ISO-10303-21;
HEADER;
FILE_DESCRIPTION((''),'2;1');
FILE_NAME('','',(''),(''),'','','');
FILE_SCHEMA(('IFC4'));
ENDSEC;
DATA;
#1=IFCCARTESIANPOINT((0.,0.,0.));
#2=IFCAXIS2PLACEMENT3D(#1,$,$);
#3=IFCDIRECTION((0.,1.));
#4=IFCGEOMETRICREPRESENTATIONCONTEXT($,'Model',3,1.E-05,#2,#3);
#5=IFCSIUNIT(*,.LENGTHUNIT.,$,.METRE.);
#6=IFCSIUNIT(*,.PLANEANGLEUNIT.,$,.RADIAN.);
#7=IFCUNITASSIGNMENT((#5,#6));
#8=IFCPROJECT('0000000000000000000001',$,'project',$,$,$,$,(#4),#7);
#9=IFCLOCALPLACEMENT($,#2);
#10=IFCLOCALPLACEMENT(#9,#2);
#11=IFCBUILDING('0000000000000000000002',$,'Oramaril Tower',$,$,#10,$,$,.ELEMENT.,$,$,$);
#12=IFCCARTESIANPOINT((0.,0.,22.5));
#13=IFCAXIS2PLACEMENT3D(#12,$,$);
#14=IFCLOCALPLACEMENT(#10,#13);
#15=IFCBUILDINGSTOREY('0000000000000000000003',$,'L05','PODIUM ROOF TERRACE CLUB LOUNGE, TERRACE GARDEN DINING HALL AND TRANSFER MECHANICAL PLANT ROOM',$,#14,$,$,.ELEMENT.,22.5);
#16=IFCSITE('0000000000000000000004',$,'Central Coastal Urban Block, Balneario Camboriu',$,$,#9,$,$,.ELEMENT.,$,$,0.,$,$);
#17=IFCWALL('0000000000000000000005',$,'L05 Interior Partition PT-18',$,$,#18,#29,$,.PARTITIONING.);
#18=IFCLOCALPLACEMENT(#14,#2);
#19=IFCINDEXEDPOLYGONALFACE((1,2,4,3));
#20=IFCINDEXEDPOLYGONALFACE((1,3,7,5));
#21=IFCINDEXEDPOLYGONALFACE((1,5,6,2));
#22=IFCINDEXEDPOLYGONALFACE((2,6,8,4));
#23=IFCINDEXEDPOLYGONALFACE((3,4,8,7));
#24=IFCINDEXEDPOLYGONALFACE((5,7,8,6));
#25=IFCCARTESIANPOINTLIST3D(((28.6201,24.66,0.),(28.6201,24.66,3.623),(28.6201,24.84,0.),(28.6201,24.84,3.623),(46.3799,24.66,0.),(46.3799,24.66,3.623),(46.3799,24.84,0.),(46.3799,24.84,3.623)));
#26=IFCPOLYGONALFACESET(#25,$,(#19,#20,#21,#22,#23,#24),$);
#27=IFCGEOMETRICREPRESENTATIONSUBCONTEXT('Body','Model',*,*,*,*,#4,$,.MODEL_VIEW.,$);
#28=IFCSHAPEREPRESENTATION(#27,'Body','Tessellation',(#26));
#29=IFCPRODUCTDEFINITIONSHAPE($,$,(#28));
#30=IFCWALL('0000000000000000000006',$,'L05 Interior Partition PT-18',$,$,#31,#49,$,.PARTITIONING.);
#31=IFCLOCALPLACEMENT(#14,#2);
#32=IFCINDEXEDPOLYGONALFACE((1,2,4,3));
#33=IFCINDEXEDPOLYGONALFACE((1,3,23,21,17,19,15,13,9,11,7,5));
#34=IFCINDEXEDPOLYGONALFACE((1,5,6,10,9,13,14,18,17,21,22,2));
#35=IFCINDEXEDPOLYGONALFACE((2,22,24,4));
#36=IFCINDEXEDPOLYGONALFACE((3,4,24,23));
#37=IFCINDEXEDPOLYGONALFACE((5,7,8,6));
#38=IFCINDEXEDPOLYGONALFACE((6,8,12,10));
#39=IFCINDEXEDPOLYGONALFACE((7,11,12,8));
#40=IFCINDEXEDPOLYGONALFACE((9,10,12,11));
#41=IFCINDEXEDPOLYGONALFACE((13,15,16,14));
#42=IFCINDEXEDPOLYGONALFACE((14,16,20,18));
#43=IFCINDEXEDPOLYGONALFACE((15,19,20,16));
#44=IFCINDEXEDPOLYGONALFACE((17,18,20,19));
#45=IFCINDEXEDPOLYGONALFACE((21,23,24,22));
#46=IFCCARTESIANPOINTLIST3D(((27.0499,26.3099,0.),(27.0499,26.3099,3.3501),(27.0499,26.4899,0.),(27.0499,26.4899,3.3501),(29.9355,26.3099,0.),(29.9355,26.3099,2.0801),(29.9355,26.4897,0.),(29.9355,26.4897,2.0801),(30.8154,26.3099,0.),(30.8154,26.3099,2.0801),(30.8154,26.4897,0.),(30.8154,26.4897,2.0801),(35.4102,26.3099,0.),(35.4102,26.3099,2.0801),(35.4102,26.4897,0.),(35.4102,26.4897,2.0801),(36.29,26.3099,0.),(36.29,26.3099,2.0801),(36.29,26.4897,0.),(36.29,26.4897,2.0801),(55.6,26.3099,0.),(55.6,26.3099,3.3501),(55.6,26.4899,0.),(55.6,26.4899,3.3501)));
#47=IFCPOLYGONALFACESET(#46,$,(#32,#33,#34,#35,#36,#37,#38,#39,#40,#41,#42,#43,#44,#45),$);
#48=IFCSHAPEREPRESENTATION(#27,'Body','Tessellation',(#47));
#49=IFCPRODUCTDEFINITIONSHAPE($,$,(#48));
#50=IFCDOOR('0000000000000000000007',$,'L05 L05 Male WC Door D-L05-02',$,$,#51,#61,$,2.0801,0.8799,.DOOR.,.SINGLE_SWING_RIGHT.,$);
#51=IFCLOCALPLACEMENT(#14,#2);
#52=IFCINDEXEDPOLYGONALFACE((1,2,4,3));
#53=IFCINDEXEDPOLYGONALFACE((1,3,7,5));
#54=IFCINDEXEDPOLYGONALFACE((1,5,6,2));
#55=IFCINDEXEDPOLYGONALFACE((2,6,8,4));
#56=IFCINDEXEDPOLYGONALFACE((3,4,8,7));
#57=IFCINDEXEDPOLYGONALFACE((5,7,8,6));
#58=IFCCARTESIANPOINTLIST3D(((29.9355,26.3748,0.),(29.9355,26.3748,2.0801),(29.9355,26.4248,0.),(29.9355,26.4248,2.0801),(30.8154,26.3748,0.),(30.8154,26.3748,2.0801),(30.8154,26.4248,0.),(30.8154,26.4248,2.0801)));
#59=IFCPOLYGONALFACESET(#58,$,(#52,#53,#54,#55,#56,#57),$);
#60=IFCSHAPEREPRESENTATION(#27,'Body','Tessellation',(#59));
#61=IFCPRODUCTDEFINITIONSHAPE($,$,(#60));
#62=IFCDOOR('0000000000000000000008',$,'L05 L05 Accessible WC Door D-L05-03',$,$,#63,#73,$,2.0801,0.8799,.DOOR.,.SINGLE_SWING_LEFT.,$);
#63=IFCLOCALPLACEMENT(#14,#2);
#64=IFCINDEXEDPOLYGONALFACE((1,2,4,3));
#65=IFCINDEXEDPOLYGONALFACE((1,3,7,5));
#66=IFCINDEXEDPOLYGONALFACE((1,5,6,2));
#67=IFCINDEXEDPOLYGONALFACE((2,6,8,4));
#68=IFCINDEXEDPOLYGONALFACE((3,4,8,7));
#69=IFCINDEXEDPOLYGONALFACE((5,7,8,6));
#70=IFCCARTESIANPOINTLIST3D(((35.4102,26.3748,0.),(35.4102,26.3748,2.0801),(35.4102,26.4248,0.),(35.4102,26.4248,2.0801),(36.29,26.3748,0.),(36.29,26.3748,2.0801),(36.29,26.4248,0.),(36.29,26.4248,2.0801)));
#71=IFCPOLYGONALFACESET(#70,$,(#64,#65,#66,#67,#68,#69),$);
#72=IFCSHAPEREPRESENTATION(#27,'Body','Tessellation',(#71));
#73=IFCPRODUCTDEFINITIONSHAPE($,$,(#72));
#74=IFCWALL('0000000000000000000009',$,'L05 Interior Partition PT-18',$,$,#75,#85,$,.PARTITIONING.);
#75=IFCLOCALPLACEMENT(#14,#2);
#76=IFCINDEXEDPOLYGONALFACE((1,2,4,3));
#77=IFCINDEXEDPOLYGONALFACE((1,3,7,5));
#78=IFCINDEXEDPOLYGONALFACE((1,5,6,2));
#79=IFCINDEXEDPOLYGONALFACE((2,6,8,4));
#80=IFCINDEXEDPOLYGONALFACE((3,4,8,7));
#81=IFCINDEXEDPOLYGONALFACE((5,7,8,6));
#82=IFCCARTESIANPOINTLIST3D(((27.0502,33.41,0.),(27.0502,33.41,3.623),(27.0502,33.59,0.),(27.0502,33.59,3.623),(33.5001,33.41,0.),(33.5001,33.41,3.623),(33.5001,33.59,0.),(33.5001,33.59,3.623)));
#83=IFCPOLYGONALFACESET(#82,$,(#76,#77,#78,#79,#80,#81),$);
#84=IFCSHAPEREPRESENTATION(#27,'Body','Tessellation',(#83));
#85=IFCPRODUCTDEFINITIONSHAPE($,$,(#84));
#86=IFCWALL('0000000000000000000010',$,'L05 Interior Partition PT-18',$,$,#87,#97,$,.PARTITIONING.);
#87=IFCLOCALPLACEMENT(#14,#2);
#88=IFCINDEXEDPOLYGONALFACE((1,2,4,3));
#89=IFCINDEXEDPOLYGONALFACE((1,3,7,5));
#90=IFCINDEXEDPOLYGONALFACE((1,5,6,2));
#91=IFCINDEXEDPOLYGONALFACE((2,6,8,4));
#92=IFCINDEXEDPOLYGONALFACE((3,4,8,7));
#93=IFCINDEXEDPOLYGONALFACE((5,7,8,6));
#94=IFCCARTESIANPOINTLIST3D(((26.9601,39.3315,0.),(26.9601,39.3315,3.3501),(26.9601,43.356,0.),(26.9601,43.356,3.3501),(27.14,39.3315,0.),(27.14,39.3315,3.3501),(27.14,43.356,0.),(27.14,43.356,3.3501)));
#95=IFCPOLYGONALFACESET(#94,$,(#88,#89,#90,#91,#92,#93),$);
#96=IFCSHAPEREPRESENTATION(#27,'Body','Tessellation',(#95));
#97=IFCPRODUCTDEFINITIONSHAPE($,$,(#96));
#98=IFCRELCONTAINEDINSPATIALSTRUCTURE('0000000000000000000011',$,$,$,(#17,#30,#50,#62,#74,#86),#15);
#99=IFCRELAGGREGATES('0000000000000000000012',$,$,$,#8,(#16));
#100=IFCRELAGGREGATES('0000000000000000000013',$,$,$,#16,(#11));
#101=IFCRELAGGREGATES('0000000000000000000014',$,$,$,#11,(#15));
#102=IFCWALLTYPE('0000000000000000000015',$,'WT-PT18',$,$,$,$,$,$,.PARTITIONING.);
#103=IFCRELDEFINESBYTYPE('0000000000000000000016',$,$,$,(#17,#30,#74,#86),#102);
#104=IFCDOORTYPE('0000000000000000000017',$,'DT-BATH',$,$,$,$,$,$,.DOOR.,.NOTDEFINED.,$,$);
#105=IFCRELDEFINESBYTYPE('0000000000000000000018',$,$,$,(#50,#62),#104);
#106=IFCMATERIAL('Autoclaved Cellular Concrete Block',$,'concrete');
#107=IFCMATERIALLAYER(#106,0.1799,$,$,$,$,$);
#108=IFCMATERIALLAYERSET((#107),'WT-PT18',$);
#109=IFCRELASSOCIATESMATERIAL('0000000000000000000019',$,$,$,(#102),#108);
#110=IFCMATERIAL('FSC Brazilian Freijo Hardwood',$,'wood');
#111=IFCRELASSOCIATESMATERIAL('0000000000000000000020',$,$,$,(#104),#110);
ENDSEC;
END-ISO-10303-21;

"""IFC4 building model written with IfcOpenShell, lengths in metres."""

from ifc_helpers import new_model, si_unit, direction, frame, frame_2d, origin, place, context, subcontext, project, spatial, rectangle, extrude, material, layer, layer_set, type_object, element, fill, save


model = new_model("IFC4")

# Units and contexts
model_context = context("Model", 3, precision=1e-05, world=origin(), true_north=direction((0.0, 1.0)))
body_context = subcontext(model_context, "Body", "Model", "MODEL_VIEW")
ifc_project = project(units=[si_unit("LENGTHUNIT", "METRE"), si_unit("PLANEANGLEUNIT", "RADIAN")], contexts=[model_context])

# Site, building, storey
site_placement = place(None, origin())
site = spatial("IfcSite", under=ifc_project, at=site_placement, Name="Central Coastal Urban Block, Balneario Camboriu", CompositionType="ELEMENT", RefElevation=0.0)
building_placement = place(site_placement, origin())
building = spatial("IfcBuilding", under=site, at=building_placement, Name="Oramaril Tower", CompositionType="ELEMENT")
storey_placement = place(building_placement, frame((0.0, 0.0, 22.5)))
storey = spatial("IfcBuildingStorey", under=building, at=storey_placement, Name="L05", Description="PODIUM ROOF TERRACE CLUB LOUNGE, TERRACE GARDEN DINING HALL AND TRANSFER MECHANICAL PLANT ROOM", CompositionType="ELEMENT", Elevation=22.5)

# Wall
ifc_material_1 = material(Name="Autoclaved Cellular Concrete Block", Category="concrete")
ifc_layer_1 = layer(ifc_material_1, 0.1799)
ifc_layer_set_1 = layer_set([ifc_layer_1], Name="WT-PT18")
wall_type_1 = type_object("IfcWallType", Name="WT-PT18", PredefinedType="PARTITIONING", material=ifc_layer_set_1)
wall_1_placement = place(storey_placement, frame((28.6201, 24.75, 0.0), z_axis=(0.0, 0.0, 1.0), x_axis=(1.0, 0.0, 0.0)))
element("IfcWall", 1, at=wall_1_placement, inside=storey, type_object=wall_type_1, Name="L05 Interior Partition PT-18", PredefinedType="PARTITIONING", context=body_context, shape_type="SweptSolid", body=[
    extrude(rectangle(XDim=17.7598, YDim=0.1799, at=frame_2d((8.8799, 0.0))), origin(), (0.0, 0.0, 1.0), 3.623),
])

# Wall, openings, doors
wall_2_placement = place(storey_placement, frame((27.05, 26.3999, 0.0), z_axis=(0.0, 0.0, 1.0), x_axis=(1.0, 0.0, 0.0)))
wall_2 = element("IfcWall", 2, at=wall_2_placement, inside=storey, type_object=wall_type_1, Name="L05 Interior Partition PT-18", PredefinedType="PARTITIONING", context=body_context, shape_type="SweptSolid", body=[
    extrude(rectangle(XDim=28.55, YDim=0.1799, at=frame_2d((14.2749, 0.0))), origin(), (0.0, 0.0, 1.0), 3.3501),
])
opening_1_placement = place(wall_2_placement, frame((2.8855, 0.0, 0.0)))
opening_1 = element("IfcOpeningElement", 3, at=opening_1_placement, cuts=wall_2, PredefinedType="OPENING", context=body_context, shape_type="SweptSolid", body=[
    extrude(rectangle(XDim=0.8799, YDim=2.0801, at=frame_2d((0.4399, 1.04))), frame((0.0, 0.0898, 0.0), z_axis=(0.0, -1.0, 0.0), x_axis=(1.0, 0.0, 0.0)), (0.0, 0.0, 1.0), 0.1799),
])
opening_2_placement = place(wall_2_placement, frame((8.3601, 0.0, 0.0)))
opening_2 = element("IfcOpeningElement", 4, at=opening_2_placement, cuts=wall_2, PredefinedType="OPENING", context=body_context, shape_type="SweptSolid", body=[
    extrude(rectangle(XDim=0.8799, YDim=2.0801, at=frame_2d((0.4399, 1.04))), frame((0.0, 0.0898, 0.0), z_axis=(0.0, -1.0, 0.0), x_axis=(1.0, 0.0, 0.0)), (0.0, 0.0, 1.0), 0.1799),
])
ifc_material_2 = material(Name="FSC Brazilian Freijo Hardwood", Category="wood")
door_type_1 = type_object("IfcDoorType", Name="DT-BATH", OperationType="NOTDEFINED", PredefinedType="DOOR", material=ifc_material_2)
door_1_placement = place(opening_1_placement, origin())
door_1 = element("IfcDoor", 5, at=door_1_placement, inside=storey, type_object=door_type_1, Name="L05 L05 Male WC Door D-L05-02", OperationType="SINGLE_SWING_RIGHT", OverallHeight=2.0801, OverallWidth=0.8799, PredefinedType="DOOR", context=body_context, shape_type="SweptSolid", body=[
    extrude(rectangle(XDim=0.8799, YDim=2.0801, at=frame_2d((0.4399, 1.04))), frame((0.0, 0.0249, 0.0), z_axis=(0.0, -1.0, 0.0), x_axis=(1.0, 0.0, 0.0)), (0.0, 0.0, 1.0), 0.05),
])
fill(opening_1, door_1)
door_2_placement = place(opening_2_placement, origin())
door_2 = element("IfcDoor", 6, at=door_2_placement, inside=storey, type_object=door_type_1, Name="L05 L05 Accessible WC Door D-L05-03", OperationType="SINGLE_SWING_LEFT", OverallHeight=2.0801, OverallWidth=0.8799, PredefinedType="DOOR", context=body_context, shape_type="SweptSolid", body=[
    extrude(rectangle(XDim=0.8799, YDim=2.0801, at=frame_2d((0.4399, 1.04))), frame((0.0, 0.0249, 0.0), z_axis=(0.0, -1.0, 0.0), x_axis=(1.0, 0.0, 0.0)), (0.0, 0.0, 1.0), 0.05),
])
fill(opening_2, door_2)

# Walls
wall_3_placement = place(storey_placement, frame((27.05, 33.5, 0.0), z_axis=(0.0, 0.0, 1.0), x_axis=(1.0, 0.0, 0.0)))
element("IfcWall", 7, at=wall_3_placement, inside=storey, type_object=wall_type_1, Name="L05 Interior Partition PT-18", PredefinedType="PARTITIONING", context=body_context, shape_type="SweptSolid", body=[
    extrude(rectangle(XDim=6.45, YDim=0.1799, at=frame_2d((3.2251, 0.0))), origin(), (0.0, 0.0, 1.0), 3.623),
])
wall_4_placement = place(storey_placement, frame((27.05, 39.3315, 0.0), z_axis=(0.0, 0.0, 1.0), x_axis=(0.0, 1.0, 0.0)))
element("IfcWall", 8, at=wall_4_placement, inside=storey, type_object=wall_type_1, Name="L05 Interior Partition PT-18", PredefinedType="PARTITIONING", context=body_context, shape_type="SweptSolid", body=[
    extrude(rectangle(XDim=4.0244, YDim=0.1799, at=frame_2d((2.0122, 0.0))), origin(), (0.0, 0.0, 1.0), 3.3501),
])

save(model, "model.ifc")
